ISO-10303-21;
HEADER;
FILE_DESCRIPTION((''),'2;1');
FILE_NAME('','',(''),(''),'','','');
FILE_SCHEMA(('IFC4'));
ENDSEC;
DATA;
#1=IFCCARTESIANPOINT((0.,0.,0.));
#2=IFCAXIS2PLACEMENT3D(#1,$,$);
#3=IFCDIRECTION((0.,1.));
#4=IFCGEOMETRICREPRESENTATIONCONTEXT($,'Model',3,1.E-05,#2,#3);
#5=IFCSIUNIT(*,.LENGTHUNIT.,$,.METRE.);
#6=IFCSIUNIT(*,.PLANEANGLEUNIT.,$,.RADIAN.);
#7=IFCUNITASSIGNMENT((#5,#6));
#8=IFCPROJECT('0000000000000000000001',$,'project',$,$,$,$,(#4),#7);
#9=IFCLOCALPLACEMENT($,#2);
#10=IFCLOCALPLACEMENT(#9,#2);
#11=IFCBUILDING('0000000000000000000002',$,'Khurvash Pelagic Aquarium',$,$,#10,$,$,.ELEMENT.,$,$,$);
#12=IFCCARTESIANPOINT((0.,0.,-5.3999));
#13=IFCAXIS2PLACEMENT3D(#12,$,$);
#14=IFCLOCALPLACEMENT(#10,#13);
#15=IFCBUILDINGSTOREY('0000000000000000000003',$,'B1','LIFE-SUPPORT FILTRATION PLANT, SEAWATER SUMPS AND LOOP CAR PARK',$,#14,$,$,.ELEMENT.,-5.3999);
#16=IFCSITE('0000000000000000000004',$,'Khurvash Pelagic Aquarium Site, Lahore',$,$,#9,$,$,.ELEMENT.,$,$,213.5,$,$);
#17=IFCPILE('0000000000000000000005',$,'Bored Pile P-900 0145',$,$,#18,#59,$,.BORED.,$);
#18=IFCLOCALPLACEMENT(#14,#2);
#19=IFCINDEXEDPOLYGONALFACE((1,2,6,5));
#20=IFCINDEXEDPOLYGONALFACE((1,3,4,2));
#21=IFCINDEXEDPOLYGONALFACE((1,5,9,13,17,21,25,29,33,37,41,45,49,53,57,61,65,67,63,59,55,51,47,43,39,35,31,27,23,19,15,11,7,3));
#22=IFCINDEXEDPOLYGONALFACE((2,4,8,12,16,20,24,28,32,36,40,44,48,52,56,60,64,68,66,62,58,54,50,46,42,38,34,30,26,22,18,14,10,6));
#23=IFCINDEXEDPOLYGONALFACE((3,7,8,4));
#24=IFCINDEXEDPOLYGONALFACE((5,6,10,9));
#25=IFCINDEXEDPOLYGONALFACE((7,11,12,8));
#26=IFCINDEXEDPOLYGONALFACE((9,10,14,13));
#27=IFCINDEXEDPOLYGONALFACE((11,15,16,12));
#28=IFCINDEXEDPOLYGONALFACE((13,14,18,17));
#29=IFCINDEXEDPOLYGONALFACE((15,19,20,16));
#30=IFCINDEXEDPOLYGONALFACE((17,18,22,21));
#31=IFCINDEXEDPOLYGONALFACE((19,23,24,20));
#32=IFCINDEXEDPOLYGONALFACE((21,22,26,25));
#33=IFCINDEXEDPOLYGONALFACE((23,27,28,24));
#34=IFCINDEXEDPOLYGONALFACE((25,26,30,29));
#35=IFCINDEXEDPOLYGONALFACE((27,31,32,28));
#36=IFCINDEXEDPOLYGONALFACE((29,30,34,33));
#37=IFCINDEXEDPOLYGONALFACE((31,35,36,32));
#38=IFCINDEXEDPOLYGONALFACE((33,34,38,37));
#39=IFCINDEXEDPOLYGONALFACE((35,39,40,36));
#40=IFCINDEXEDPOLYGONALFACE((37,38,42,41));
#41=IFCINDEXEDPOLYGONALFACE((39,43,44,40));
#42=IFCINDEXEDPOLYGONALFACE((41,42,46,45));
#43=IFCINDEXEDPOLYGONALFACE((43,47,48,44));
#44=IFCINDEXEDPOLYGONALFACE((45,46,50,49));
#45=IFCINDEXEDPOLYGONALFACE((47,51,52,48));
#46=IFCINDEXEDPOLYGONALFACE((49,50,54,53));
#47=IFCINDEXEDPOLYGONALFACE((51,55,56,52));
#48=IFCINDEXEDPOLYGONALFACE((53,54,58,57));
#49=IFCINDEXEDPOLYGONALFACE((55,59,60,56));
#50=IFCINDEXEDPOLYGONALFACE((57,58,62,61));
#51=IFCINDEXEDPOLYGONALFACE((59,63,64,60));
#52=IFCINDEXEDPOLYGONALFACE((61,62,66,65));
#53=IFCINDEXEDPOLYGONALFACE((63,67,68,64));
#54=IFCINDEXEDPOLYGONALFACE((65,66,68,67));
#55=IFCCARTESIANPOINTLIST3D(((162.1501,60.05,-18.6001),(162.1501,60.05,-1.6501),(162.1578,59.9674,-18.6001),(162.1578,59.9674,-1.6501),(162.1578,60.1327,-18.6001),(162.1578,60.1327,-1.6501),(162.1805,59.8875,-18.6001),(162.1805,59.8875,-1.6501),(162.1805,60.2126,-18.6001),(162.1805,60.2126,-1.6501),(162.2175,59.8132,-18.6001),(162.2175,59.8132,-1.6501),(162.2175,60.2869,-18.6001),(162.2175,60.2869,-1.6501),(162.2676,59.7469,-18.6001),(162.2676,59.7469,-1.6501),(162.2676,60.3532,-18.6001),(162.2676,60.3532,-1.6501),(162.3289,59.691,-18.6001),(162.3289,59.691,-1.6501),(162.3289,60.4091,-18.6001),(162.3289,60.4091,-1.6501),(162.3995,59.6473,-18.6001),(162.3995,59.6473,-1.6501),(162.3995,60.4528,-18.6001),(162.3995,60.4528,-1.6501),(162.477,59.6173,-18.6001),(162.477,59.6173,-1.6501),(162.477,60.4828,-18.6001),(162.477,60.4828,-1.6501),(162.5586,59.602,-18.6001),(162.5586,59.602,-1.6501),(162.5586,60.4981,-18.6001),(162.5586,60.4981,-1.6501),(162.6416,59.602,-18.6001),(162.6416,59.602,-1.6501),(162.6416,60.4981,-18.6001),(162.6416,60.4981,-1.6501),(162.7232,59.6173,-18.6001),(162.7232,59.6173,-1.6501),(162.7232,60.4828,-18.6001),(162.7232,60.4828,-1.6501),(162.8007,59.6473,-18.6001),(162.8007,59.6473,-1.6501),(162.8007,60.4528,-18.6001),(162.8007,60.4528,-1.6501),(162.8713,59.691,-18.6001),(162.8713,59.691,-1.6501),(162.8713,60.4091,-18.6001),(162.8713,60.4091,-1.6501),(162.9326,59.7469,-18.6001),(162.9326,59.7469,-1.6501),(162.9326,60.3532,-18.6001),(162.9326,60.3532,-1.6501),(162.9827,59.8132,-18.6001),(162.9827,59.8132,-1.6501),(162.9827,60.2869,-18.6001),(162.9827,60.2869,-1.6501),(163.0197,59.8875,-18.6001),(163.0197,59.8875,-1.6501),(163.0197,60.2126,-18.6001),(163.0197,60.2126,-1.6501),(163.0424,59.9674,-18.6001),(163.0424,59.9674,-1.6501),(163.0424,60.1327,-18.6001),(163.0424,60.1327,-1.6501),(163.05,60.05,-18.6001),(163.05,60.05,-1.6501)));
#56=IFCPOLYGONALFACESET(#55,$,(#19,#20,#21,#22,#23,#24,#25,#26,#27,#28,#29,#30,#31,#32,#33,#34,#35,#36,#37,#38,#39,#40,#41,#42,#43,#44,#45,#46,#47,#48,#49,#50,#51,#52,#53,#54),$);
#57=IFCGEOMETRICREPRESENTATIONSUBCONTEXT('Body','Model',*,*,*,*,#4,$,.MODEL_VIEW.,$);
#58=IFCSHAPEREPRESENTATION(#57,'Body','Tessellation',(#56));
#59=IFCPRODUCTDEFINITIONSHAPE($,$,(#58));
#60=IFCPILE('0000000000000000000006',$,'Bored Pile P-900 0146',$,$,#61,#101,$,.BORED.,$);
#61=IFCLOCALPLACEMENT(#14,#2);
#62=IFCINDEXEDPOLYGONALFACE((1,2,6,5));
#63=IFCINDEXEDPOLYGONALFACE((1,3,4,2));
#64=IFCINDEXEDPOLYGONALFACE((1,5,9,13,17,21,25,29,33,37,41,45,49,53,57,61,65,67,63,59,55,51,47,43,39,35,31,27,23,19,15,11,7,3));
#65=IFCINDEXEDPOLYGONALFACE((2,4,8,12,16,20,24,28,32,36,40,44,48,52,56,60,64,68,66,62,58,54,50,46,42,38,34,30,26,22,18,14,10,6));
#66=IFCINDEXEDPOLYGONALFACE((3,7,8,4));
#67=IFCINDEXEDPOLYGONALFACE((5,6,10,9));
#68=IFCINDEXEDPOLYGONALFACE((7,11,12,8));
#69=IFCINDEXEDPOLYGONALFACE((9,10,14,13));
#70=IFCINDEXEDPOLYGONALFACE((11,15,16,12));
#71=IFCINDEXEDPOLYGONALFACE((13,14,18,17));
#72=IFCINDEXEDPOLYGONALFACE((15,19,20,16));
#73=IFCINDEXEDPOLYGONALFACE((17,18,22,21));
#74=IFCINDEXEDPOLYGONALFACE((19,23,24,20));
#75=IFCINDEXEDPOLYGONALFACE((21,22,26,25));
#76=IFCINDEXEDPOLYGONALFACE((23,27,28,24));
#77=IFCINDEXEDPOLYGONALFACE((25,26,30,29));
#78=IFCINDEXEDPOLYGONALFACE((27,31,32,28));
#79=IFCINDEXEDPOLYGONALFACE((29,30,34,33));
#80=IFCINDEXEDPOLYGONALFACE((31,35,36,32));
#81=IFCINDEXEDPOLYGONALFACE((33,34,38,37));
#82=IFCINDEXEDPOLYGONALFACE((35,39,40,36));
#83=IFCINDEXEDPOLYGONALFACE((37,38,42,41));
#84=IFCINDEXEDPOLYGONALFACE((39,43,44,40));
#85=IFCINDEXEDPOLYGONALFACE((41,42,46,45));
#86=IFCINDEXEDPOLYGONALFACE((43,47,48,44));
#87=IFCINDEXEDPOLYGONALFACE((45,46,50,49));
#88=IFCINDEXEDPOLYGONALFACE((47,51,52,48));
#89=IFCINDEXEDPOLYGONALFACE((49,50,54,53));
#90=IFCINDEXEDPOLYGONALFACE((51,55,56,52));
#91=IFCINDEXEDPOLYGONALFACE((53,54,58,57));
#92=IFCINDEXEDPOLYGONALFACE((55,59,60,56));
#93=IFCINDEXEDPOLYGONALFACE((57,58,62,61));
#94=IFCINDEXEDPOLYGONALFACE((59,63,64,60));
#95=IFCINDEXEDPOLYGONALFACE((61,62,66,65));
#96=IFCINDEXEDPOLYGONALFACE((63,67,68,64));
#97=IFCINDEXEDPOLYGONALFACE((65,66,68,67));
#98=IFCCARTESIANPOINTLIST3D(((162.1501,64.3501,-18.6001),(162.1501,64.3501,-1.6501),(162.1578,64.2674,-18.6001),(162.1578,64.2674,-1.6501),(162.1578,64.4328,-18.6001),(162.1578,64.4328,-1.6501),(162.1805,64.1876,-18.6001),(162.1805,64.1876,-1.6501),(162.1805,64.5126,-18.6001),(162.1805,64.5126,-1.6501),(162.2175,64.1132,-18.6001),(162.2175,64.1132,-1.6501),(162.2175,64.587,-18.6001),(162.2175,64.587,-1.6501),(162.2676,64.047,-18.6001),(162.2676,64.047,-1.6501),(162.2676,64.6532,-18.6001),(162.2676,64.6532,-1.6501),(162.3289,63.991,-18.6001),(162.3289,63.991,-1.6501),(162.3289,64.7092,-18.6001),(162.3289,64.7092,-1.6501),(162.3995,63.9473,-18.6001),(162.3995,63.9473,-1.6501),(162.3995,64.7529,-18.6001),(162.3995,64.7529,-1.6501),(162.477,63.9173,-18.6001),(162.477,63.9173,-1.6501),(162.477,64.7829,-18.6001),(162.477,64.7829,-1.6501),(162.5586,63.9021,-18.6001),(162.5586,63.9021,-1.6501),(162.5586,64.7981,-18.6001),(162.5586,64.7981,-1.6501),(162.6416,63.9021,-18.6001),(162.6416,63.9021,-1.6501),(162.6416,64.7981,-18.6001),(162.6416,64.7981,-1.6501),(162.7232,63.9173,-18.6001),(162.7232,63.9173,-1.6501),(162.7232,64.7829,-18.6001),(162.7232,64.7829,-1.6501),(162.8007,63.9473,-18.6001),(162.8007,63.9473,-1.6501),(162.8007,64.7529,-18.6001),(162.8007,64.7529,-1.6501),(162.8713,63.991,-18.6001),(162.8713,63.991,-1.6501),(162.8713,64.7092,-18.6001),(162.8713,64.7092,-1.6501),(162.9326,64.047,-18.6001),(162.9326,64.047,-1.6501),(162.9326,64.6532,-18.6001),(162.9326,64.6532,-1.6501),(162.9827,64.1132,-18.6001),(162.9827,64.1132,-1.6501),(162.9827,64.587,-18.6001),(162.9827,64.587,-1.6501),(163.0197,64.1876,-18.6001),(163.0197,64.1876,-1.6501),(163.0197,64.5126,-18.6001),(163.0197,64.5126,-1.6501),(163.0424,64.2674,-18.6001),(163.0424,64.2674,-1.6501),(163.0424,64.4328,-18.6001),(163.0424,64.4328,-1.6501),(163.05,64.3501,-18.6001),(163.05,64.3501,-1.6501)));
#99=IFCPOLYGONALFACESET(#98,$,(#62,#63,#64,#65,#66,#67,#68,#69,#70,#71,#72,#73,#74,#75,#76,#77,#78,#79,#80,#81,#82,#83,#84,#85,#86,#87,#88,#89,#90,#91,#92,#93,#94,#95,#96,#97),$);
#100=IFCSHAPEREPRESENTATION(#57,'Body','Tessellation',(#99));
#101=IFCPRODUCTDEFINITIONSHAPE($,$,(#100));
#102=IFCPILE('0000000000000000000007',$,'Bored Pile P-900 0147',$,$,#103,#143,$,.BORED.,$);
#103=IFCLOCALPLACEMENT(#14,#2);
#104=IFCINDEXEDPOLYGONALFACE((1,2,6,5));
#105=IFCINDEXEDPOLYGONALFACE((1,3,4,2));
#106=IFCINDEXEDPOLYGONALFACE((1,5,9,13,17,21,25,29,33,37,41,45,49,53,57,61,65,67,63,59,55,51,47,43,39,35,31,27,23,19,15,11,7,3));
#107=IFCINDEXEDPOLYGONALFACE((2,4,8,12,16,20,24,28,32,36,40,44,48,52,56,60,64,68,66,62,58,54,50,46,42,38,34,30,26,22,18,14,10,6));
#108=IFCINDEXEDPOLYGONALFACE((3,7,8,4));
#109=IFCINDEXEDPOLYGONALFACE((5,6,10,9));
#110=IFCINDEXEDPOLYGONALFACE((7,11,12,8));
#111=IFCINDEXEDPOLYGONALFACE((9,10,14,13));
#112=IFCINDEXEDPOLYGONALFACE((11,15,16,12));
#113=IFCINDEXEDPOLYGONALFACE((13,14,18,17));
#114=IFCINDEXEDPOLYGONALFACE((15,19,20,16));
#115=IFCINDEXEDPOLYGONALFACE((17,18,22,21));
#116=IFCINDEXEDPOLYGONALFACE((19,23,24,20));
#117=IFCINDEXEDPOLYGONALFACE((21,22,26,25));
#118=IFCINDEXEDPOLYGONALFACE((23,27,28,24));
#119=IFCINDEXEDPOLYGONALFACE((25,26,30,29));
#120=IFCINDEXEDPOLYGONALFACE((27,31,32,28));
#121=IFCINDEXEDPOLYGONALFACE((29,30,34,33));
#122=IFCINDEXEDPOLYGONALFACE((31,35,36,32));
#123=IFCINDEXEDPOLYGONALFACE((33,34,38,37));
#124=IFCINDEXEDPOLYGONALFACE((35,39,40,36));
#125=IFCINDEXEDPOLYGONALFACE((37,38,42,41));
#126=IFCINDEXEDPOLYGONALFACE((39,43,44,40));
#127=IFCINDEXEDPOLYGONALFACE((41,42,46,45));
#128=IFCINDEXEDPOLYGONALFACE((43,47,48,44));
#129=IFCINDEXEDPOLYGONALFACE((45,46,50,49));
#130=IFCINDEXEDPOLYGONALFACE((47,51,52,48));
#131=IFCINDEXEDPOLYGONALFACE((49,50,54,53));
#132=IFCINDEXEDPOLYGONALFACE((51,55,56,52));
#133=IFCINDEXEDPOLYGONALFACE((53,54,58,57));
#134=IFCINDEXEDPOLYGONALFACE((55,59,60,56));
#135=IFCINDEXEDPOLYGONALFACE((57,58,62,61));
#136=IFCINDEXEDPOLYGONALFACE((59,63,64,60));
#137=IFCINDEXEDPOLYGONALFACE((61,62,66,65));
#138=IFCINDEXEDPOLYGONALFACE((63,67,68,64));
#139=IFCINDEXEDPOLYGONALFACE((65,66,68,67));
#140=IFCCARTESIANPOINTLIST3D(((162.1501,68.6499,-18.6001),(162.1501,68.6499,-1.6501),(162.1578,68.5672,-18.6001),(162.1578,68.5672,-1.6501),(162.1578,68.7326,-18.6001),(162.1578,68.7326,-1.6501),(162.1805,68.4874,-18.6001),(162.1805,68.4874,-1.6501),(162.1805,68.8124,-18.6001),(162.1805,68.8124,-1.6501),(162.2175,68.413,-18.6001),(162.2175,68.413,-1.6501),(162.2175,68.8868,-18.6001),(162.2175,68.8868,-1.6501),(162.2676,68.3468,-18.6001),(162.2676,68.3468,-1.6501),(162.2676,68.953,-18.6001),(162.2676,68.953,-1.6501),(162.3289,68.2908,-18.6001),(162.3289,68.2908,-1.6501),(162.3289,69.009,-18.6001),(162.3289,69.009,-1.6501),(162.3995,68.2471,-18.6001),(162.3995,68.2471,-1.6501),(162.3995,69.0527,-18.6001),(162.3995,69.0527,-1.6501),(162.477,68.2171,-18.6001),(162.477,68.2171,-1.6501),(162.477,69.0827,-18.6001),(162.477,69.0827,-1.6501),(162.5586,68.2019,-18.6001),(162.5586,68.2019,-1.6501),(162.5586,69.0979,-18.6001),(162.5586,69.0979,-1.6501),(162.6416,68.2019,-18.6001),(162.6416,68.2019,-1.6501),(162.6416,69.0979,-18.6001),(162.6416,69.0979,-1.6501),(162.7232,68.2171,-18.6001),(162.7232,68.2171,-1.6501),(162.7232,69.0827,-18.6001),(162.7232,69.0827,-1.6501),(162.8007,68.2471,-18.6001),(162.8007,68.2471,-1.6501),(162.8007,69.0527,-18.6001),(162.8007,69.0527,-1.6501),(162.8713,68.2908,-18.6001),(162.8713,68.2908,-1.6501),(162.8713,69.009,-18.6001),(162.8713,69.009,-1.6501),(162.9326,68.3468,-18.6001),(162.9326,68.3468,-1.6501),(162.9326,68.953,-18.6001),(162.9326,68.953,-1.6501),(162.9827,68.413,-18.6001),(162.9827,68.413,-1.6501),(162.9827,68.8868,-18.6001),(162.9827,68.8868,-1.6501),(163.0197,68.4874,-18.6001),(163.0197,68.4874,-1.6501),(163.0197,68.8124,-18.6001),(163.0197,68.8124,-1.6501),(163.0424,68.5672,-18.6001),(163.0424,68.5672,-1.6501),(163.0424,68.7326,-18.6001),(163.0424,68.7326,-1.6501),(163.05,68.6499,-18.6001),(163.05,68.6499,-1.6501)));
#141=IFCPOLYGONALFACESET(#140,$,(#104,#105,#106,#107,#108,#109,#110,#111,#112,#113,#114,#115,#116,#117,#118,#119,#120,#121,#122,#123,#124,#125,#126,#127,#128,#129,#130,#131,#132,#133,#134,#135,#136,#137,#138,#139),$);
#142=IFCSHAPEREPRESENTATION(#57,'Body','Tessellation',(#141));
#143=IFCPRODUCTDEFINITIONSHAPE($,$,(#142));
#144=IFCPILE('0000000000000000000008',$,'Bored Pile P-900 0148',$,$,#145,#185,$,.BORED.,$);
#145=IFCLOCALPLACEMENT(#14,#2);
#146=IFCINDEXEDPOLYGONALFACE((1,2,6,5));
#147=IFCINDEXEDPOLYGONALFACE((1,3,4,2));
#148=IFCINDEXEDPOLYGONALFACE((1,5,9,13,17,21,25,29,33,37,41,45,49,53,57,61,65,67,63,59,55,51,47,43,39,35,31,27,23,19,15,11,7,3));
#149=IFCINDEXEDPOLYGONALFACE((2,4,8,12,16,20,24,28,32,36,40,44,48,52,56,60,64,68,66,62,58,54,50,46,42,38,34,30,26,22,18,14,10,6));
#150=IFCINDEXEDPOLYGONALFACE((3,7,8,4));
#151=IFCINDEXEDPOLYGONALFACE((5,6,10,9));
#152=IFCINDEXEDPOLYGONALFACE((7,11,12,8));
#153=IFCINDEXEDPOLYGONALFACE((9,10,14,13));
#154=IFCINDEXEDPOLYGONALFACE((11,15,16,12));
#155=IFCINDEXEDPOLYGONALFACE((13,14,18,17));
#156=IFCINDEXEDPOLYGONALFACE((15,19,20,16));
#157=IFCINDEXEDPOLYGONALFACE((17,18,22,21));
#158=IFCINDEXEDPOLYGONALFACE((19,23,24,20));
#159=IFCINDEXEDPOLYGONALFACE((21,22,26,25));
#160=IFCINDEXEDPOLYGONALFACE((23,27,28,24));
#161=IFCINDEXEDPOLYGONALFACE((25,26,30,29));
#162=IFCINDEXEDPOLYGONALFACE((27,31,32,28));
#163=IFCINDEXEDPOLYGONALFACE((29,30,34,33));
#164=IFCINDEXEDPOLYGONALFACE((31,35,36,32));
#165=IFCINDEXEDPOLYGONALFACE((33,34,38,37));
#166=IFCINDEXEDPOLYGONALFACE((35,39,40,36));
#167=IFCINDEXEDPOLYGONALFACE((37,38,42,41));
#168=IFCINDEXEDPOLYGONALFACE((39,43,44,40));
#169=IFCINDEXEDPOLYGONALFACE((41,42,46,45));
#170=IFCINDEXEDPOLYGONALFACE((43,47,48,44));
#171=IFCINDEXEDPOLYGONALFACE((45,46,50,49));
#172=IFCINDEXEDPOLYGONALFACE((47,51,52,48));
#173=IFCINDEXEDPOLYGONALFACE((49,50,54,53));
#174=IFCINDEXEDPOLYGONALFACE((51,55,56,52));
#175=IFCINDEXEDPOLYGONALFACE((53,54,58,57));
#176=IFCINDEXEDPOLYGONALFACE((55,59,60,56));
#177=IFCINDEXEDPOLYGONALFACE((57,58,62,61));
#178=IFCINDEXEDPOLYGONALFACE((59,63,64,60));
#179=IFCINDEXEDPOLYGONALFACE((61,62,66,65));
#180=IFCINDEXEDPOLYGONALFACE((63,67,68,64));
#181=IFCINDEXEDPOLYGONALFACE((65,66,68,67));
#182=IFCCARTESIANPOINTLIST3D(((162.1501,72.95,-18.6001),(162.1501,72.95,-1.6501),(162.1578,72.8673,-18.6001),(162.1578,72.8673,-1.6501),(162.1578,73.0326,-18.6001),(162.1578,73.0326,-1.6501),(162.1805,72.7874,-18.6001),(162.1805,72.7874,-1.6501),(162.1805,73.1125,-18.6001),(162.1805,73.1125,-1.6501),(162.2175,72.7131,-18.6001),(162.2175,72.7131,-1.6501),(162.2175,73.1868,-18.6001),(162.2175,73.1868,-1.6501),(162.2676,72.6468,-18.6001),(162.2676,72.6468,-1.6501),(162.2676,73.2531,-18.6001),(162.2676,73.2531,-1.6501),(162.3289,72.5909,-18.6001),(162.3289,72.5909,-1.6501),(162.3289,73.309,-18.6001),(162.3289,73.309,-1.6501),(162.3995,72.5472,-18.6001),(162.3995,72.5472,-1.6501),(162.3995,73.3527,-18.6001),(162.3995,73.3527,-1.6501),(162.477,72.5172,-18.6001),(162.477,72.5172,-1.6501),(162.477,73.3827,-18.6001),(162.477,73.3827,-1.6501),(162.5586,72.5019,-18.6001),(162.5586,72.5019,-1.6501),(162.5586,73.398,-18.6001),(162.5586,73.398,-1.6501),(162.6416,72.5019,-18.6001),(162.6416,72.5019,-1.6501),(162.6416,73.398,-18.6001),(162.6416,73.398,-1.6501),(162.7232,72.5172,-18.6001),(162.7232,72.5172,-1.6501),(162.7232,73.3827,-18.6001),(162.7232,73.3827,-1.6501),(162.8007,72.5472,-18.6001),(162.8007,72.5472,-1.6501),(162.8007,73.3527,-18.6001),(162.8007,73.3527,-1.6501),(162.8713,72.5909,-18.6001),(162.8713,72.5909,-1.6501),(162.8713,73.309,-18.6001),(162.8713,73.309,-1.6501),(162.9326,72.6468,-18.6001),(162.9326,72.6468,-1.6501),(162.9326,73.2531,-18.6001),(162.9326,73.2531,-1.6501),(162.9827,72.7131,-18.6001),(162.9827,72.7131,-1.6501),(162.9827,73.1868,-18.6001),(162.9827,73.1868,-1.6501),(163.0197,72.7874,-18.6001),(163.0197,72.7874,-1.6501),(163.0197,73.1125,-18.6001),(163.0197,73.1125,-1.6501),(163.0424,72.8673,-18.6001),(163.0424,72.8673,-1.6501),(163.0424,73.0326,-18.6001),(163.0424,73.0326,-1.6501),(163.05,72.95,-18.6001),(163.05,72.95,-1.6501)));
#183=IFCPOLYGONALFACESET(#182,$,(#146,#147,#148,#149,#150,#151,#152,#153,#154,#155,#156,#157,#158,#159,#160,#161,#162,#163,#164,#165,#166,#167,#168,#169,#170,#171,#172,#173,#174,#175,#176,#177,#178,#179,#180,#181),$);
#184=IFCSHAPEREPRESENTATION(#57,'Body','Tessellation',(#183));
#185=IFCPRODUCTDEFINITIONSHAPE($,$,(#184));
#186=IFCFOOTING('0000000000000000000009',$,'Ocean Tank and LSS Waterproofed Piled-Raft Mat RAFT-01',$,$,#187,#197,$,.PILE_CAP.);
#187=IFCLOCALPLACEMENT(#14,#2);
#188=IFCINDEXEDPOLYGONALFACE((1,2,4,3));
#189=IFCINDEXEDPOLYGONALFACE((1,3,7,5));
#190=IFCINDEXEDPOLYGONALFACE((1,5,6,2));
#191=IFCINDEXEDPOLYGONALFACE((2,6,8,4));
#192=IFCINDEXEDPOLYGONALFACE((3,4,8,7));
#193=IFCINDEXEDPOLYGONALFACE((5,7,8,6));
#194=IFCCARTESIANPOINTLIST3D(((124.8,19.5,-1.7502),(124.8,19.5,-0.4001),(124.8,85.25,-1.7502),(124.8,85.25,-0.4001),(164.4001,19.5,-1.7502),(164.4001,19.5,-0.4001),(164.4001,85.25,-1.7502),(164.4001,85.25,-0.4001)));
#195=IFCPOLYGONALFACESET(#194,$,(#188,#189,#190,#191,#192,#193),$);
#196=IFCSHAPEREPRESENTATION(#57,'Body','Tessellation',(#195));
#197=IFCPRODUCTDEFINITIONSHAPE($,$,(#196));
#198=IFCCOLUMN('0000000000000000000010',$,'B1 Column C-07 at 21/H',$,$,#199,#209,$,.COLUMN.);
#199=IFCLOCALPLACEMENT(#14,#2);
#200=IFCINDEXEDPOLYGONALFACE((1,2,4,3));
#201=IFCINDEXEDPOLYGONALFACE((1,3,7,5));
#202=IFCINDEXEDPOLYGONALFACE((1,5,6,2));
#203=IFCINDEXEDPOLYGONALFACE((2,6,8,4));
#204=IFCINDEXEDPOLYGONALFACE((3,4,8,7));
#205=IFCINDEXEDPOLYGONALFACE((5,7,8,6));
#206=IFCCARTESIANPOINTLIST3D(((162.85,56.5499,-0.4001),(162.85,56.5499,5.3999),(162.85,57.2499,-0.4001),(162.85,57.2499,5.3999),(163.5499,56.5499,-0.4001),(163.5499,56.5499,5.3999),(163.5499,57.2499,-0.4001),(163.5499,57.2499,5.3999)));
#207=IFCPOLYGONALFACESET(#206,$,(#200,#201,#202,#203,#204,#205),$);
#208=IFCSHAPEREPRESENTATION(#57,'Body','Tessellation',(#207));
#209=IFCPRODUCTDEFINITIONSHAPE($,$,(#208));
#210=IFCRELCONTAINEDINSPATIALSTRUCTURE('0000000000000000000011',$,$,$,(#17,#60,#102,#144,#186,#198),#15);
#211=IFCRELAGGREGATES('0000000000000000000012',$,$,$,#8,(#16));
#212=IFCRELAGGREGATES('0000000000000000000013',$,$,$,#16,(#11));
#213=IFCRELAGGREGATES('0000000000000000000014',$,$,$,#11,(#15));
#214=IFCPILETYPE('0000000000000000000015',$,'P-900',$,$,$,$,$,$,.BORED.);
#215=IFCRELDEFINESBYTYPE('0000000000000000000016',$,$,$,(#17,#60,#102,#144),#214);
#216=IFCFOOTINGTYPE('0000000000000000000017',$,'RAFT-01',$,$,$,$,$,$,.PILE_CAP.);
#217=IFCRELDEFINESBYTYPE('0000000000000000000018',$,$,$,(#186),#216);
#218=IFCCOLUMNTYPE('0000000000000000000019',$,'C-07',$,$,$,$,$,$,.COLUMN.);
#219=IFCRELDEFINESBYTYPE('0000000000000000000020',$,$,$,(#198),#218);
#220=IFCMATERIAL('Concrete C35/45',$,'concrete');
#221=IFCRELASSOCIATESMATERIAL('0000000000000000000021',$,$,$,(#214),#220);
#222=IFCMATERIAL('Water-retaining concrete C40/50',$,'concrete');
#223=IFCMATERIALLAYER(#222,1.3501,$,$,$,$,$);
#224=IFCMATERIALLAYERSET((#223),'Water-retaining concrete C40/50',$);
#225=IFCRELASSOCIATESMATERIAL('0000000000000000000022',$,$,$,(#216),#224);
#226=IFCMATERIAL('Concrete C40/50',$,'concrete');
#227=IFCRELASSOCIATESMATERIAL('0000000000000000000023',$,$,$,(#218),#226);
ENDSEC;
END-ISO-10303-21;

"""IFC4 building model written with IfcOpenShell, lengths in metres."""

from ifc_helpers import new_model, si_unit, direction, frame, origin, origin_2d, place, context, subcontext, project, spatial, rectangle, circle, extrude, material, layer, layer_set, material_profile, profile_set, type_object, element, save


model = new_model("IFC4")

# Units and contexts
model_context = context("Model", 3, precision=1e-05, world=origin(), true_north=direction((0.0, 1.0)))
body_context = subcontext(model_context, "Body", "Model", "MODEL_VIEW")
ifc_project = project(units=[si_unit("LENGTHUNIT", "METRE"), si_unit("PLANEANGLEUNIT", "RADIAN")], contexts=[model_context])

# Site, building, storey
site_placement = place(None, origin())
site = spatial("IfcSite", under=ifc_project, at=site_placement, Name="Khurvash Pelagic Aquarium Site, Lahore", CompositionType="ELEMENT", RefElevation=213.5)
building_placement = place(site_placement, origin())
building = spatial("IfcBuilding", under=site, at=building_placement, Name="Khurvash Pelagic Aquarium", CompositionType="ELEMENT")
storey_placement = place(building_placement, frame((0.0, 0.0, -5.3999)))
storey = spatial("IfcBuildingStorey", under=building, at=storey_placement, Name="B1", Description="LIFE-SUPPORT FILTRATION PLANT, SEAWATER SUMPS AND LOOP CAR PARK", CompositionType="ELEMENT", Elevation=-5.3999)

# Piles
ifc_material_1 = material(Name="Concrete C35/45", Category="concrete")
ifc_material_profile_1 = material_profile(ifc_material_1, circle(Radius=0.45, at=origin_2d()), Name="PILE900")
ifc_profile_set_1 = profile_set([ifc_material_profile_1], Name="Concrete C35/45")
pile_type = type_object("IfcPileType", Name="P-900", PredefinedType="BORED", material=ifc_profile_set_1)
for number, where, z_axis, x_axis, name in (
    (1, (162.6001, 60.05, -1.6501), (0.0, 0.0, -1.0), (1.0, 0.0, 0.0), "Bored Pile P-900 0145"),
    (2, (162.6001, 64.3501, -1.6501), (0.0, 0.0, -1.0), (1.0, 0.0, 0.0), "Bored Pile P-900 0146"),
    (3, (162.6001, 68.6499, -1.6501), (0.0, 0.0, -1.0), (1.0, 0.0, 0.0), "Bored Pile P-900 0147"),
    (4, (162.6001, 72.95, -1.6501), (0.0, 0.0, -1.0), (1.0, 0.0, 0.0), "Bored Pile P-900 0148"),
):
    element("IfcPile", number, at=place(storey_placement, frame(where, z_axis=z_axis, x_axis=x_axis)), inside=storey, type_object=pile_type, Name=name, PredefinedType="BORED", context=body_context, shape_type="SweptSolid", body=[
        extrude(circle(Radius=0.45, at=origin_2d()), origin(), (0.0, 0.0, 1.0), 16.95),
    ])

# Footing
ifc_material_2 = material(Name="Water-retaining concrete C40/50", Category="concrete")
ifc_layer_1 = layer(ifc_material_2, 1.3501)
ifc_layer_set_1 = layer_set([ifc_layer_1], Name="Water-retaining concrete C40/50")
footing_type = type_object("IfcFootingType", Name="RAFT-01", PredefinedType="PILE_CAP", material=ifc_layer_set_1)
footing_placement = place(storey_placement, frame((144.6001, 52.375, -1.7502), z_axis=(0.0, 0.0, 1.0), x_axis=(1.0, 0.0, 0.0)))
element("IfcFooting", 5, at=footing_placement, inside=storey, type_object=footing_type, Name="Ocean Tank and LSS Waterproofed Piled-Raft Mat RAFT-01", PredefinedType="PILE_CAP", context=body_context, shape_type="SweptSolid", body=[
    extrude(rectangle(XDim=39.6001, YDim=65.75, at=origin_2d()), origin(), (0.0, 0.0, 1.0), 1.3501),
])

# Column
ifc_material_3 = material(Name="Concrete C40/50", Category="concrete")
ifc_material_profile_2 = material_profile(ifc_material_3, rectangle(XDim=0.7, YDim=0.7, at=origin_2d()), Name="RC700X700")
ifc_profile_set_2 = profile_set([ifc_material_profile_2], Name="Concrete C40/50")
column_type_1 = type_object("IfcColumnType", Name="C-07", PredefinedType="COLUMN", material=ifc_profile_set_2)
for number, where, z_axis, x_axis, name in (
    (6, (163.2, 56.8999, -0.4001), (0.0, 0.0, 1.0), (1.0, 0.0, 0.0), "B1 Column C-07 at 21/H"),
):
    element("IfcColumn", number, at=place(storey_placement, frame(where, z_axis=z_axis, x_axis=x_axis)), inside=storey, type_object=column_type_1, Name=name, PredefinedType="COLUMN", context=body_context, shape_type="SweptSolid", body=[
        extrude(rectangle(XDim=0.7, YDim=0.7, at=origin_2d()), origin(), (0.0, 0.0, 1.0), 5.8),
    ])

save(model, "model.ifc")
